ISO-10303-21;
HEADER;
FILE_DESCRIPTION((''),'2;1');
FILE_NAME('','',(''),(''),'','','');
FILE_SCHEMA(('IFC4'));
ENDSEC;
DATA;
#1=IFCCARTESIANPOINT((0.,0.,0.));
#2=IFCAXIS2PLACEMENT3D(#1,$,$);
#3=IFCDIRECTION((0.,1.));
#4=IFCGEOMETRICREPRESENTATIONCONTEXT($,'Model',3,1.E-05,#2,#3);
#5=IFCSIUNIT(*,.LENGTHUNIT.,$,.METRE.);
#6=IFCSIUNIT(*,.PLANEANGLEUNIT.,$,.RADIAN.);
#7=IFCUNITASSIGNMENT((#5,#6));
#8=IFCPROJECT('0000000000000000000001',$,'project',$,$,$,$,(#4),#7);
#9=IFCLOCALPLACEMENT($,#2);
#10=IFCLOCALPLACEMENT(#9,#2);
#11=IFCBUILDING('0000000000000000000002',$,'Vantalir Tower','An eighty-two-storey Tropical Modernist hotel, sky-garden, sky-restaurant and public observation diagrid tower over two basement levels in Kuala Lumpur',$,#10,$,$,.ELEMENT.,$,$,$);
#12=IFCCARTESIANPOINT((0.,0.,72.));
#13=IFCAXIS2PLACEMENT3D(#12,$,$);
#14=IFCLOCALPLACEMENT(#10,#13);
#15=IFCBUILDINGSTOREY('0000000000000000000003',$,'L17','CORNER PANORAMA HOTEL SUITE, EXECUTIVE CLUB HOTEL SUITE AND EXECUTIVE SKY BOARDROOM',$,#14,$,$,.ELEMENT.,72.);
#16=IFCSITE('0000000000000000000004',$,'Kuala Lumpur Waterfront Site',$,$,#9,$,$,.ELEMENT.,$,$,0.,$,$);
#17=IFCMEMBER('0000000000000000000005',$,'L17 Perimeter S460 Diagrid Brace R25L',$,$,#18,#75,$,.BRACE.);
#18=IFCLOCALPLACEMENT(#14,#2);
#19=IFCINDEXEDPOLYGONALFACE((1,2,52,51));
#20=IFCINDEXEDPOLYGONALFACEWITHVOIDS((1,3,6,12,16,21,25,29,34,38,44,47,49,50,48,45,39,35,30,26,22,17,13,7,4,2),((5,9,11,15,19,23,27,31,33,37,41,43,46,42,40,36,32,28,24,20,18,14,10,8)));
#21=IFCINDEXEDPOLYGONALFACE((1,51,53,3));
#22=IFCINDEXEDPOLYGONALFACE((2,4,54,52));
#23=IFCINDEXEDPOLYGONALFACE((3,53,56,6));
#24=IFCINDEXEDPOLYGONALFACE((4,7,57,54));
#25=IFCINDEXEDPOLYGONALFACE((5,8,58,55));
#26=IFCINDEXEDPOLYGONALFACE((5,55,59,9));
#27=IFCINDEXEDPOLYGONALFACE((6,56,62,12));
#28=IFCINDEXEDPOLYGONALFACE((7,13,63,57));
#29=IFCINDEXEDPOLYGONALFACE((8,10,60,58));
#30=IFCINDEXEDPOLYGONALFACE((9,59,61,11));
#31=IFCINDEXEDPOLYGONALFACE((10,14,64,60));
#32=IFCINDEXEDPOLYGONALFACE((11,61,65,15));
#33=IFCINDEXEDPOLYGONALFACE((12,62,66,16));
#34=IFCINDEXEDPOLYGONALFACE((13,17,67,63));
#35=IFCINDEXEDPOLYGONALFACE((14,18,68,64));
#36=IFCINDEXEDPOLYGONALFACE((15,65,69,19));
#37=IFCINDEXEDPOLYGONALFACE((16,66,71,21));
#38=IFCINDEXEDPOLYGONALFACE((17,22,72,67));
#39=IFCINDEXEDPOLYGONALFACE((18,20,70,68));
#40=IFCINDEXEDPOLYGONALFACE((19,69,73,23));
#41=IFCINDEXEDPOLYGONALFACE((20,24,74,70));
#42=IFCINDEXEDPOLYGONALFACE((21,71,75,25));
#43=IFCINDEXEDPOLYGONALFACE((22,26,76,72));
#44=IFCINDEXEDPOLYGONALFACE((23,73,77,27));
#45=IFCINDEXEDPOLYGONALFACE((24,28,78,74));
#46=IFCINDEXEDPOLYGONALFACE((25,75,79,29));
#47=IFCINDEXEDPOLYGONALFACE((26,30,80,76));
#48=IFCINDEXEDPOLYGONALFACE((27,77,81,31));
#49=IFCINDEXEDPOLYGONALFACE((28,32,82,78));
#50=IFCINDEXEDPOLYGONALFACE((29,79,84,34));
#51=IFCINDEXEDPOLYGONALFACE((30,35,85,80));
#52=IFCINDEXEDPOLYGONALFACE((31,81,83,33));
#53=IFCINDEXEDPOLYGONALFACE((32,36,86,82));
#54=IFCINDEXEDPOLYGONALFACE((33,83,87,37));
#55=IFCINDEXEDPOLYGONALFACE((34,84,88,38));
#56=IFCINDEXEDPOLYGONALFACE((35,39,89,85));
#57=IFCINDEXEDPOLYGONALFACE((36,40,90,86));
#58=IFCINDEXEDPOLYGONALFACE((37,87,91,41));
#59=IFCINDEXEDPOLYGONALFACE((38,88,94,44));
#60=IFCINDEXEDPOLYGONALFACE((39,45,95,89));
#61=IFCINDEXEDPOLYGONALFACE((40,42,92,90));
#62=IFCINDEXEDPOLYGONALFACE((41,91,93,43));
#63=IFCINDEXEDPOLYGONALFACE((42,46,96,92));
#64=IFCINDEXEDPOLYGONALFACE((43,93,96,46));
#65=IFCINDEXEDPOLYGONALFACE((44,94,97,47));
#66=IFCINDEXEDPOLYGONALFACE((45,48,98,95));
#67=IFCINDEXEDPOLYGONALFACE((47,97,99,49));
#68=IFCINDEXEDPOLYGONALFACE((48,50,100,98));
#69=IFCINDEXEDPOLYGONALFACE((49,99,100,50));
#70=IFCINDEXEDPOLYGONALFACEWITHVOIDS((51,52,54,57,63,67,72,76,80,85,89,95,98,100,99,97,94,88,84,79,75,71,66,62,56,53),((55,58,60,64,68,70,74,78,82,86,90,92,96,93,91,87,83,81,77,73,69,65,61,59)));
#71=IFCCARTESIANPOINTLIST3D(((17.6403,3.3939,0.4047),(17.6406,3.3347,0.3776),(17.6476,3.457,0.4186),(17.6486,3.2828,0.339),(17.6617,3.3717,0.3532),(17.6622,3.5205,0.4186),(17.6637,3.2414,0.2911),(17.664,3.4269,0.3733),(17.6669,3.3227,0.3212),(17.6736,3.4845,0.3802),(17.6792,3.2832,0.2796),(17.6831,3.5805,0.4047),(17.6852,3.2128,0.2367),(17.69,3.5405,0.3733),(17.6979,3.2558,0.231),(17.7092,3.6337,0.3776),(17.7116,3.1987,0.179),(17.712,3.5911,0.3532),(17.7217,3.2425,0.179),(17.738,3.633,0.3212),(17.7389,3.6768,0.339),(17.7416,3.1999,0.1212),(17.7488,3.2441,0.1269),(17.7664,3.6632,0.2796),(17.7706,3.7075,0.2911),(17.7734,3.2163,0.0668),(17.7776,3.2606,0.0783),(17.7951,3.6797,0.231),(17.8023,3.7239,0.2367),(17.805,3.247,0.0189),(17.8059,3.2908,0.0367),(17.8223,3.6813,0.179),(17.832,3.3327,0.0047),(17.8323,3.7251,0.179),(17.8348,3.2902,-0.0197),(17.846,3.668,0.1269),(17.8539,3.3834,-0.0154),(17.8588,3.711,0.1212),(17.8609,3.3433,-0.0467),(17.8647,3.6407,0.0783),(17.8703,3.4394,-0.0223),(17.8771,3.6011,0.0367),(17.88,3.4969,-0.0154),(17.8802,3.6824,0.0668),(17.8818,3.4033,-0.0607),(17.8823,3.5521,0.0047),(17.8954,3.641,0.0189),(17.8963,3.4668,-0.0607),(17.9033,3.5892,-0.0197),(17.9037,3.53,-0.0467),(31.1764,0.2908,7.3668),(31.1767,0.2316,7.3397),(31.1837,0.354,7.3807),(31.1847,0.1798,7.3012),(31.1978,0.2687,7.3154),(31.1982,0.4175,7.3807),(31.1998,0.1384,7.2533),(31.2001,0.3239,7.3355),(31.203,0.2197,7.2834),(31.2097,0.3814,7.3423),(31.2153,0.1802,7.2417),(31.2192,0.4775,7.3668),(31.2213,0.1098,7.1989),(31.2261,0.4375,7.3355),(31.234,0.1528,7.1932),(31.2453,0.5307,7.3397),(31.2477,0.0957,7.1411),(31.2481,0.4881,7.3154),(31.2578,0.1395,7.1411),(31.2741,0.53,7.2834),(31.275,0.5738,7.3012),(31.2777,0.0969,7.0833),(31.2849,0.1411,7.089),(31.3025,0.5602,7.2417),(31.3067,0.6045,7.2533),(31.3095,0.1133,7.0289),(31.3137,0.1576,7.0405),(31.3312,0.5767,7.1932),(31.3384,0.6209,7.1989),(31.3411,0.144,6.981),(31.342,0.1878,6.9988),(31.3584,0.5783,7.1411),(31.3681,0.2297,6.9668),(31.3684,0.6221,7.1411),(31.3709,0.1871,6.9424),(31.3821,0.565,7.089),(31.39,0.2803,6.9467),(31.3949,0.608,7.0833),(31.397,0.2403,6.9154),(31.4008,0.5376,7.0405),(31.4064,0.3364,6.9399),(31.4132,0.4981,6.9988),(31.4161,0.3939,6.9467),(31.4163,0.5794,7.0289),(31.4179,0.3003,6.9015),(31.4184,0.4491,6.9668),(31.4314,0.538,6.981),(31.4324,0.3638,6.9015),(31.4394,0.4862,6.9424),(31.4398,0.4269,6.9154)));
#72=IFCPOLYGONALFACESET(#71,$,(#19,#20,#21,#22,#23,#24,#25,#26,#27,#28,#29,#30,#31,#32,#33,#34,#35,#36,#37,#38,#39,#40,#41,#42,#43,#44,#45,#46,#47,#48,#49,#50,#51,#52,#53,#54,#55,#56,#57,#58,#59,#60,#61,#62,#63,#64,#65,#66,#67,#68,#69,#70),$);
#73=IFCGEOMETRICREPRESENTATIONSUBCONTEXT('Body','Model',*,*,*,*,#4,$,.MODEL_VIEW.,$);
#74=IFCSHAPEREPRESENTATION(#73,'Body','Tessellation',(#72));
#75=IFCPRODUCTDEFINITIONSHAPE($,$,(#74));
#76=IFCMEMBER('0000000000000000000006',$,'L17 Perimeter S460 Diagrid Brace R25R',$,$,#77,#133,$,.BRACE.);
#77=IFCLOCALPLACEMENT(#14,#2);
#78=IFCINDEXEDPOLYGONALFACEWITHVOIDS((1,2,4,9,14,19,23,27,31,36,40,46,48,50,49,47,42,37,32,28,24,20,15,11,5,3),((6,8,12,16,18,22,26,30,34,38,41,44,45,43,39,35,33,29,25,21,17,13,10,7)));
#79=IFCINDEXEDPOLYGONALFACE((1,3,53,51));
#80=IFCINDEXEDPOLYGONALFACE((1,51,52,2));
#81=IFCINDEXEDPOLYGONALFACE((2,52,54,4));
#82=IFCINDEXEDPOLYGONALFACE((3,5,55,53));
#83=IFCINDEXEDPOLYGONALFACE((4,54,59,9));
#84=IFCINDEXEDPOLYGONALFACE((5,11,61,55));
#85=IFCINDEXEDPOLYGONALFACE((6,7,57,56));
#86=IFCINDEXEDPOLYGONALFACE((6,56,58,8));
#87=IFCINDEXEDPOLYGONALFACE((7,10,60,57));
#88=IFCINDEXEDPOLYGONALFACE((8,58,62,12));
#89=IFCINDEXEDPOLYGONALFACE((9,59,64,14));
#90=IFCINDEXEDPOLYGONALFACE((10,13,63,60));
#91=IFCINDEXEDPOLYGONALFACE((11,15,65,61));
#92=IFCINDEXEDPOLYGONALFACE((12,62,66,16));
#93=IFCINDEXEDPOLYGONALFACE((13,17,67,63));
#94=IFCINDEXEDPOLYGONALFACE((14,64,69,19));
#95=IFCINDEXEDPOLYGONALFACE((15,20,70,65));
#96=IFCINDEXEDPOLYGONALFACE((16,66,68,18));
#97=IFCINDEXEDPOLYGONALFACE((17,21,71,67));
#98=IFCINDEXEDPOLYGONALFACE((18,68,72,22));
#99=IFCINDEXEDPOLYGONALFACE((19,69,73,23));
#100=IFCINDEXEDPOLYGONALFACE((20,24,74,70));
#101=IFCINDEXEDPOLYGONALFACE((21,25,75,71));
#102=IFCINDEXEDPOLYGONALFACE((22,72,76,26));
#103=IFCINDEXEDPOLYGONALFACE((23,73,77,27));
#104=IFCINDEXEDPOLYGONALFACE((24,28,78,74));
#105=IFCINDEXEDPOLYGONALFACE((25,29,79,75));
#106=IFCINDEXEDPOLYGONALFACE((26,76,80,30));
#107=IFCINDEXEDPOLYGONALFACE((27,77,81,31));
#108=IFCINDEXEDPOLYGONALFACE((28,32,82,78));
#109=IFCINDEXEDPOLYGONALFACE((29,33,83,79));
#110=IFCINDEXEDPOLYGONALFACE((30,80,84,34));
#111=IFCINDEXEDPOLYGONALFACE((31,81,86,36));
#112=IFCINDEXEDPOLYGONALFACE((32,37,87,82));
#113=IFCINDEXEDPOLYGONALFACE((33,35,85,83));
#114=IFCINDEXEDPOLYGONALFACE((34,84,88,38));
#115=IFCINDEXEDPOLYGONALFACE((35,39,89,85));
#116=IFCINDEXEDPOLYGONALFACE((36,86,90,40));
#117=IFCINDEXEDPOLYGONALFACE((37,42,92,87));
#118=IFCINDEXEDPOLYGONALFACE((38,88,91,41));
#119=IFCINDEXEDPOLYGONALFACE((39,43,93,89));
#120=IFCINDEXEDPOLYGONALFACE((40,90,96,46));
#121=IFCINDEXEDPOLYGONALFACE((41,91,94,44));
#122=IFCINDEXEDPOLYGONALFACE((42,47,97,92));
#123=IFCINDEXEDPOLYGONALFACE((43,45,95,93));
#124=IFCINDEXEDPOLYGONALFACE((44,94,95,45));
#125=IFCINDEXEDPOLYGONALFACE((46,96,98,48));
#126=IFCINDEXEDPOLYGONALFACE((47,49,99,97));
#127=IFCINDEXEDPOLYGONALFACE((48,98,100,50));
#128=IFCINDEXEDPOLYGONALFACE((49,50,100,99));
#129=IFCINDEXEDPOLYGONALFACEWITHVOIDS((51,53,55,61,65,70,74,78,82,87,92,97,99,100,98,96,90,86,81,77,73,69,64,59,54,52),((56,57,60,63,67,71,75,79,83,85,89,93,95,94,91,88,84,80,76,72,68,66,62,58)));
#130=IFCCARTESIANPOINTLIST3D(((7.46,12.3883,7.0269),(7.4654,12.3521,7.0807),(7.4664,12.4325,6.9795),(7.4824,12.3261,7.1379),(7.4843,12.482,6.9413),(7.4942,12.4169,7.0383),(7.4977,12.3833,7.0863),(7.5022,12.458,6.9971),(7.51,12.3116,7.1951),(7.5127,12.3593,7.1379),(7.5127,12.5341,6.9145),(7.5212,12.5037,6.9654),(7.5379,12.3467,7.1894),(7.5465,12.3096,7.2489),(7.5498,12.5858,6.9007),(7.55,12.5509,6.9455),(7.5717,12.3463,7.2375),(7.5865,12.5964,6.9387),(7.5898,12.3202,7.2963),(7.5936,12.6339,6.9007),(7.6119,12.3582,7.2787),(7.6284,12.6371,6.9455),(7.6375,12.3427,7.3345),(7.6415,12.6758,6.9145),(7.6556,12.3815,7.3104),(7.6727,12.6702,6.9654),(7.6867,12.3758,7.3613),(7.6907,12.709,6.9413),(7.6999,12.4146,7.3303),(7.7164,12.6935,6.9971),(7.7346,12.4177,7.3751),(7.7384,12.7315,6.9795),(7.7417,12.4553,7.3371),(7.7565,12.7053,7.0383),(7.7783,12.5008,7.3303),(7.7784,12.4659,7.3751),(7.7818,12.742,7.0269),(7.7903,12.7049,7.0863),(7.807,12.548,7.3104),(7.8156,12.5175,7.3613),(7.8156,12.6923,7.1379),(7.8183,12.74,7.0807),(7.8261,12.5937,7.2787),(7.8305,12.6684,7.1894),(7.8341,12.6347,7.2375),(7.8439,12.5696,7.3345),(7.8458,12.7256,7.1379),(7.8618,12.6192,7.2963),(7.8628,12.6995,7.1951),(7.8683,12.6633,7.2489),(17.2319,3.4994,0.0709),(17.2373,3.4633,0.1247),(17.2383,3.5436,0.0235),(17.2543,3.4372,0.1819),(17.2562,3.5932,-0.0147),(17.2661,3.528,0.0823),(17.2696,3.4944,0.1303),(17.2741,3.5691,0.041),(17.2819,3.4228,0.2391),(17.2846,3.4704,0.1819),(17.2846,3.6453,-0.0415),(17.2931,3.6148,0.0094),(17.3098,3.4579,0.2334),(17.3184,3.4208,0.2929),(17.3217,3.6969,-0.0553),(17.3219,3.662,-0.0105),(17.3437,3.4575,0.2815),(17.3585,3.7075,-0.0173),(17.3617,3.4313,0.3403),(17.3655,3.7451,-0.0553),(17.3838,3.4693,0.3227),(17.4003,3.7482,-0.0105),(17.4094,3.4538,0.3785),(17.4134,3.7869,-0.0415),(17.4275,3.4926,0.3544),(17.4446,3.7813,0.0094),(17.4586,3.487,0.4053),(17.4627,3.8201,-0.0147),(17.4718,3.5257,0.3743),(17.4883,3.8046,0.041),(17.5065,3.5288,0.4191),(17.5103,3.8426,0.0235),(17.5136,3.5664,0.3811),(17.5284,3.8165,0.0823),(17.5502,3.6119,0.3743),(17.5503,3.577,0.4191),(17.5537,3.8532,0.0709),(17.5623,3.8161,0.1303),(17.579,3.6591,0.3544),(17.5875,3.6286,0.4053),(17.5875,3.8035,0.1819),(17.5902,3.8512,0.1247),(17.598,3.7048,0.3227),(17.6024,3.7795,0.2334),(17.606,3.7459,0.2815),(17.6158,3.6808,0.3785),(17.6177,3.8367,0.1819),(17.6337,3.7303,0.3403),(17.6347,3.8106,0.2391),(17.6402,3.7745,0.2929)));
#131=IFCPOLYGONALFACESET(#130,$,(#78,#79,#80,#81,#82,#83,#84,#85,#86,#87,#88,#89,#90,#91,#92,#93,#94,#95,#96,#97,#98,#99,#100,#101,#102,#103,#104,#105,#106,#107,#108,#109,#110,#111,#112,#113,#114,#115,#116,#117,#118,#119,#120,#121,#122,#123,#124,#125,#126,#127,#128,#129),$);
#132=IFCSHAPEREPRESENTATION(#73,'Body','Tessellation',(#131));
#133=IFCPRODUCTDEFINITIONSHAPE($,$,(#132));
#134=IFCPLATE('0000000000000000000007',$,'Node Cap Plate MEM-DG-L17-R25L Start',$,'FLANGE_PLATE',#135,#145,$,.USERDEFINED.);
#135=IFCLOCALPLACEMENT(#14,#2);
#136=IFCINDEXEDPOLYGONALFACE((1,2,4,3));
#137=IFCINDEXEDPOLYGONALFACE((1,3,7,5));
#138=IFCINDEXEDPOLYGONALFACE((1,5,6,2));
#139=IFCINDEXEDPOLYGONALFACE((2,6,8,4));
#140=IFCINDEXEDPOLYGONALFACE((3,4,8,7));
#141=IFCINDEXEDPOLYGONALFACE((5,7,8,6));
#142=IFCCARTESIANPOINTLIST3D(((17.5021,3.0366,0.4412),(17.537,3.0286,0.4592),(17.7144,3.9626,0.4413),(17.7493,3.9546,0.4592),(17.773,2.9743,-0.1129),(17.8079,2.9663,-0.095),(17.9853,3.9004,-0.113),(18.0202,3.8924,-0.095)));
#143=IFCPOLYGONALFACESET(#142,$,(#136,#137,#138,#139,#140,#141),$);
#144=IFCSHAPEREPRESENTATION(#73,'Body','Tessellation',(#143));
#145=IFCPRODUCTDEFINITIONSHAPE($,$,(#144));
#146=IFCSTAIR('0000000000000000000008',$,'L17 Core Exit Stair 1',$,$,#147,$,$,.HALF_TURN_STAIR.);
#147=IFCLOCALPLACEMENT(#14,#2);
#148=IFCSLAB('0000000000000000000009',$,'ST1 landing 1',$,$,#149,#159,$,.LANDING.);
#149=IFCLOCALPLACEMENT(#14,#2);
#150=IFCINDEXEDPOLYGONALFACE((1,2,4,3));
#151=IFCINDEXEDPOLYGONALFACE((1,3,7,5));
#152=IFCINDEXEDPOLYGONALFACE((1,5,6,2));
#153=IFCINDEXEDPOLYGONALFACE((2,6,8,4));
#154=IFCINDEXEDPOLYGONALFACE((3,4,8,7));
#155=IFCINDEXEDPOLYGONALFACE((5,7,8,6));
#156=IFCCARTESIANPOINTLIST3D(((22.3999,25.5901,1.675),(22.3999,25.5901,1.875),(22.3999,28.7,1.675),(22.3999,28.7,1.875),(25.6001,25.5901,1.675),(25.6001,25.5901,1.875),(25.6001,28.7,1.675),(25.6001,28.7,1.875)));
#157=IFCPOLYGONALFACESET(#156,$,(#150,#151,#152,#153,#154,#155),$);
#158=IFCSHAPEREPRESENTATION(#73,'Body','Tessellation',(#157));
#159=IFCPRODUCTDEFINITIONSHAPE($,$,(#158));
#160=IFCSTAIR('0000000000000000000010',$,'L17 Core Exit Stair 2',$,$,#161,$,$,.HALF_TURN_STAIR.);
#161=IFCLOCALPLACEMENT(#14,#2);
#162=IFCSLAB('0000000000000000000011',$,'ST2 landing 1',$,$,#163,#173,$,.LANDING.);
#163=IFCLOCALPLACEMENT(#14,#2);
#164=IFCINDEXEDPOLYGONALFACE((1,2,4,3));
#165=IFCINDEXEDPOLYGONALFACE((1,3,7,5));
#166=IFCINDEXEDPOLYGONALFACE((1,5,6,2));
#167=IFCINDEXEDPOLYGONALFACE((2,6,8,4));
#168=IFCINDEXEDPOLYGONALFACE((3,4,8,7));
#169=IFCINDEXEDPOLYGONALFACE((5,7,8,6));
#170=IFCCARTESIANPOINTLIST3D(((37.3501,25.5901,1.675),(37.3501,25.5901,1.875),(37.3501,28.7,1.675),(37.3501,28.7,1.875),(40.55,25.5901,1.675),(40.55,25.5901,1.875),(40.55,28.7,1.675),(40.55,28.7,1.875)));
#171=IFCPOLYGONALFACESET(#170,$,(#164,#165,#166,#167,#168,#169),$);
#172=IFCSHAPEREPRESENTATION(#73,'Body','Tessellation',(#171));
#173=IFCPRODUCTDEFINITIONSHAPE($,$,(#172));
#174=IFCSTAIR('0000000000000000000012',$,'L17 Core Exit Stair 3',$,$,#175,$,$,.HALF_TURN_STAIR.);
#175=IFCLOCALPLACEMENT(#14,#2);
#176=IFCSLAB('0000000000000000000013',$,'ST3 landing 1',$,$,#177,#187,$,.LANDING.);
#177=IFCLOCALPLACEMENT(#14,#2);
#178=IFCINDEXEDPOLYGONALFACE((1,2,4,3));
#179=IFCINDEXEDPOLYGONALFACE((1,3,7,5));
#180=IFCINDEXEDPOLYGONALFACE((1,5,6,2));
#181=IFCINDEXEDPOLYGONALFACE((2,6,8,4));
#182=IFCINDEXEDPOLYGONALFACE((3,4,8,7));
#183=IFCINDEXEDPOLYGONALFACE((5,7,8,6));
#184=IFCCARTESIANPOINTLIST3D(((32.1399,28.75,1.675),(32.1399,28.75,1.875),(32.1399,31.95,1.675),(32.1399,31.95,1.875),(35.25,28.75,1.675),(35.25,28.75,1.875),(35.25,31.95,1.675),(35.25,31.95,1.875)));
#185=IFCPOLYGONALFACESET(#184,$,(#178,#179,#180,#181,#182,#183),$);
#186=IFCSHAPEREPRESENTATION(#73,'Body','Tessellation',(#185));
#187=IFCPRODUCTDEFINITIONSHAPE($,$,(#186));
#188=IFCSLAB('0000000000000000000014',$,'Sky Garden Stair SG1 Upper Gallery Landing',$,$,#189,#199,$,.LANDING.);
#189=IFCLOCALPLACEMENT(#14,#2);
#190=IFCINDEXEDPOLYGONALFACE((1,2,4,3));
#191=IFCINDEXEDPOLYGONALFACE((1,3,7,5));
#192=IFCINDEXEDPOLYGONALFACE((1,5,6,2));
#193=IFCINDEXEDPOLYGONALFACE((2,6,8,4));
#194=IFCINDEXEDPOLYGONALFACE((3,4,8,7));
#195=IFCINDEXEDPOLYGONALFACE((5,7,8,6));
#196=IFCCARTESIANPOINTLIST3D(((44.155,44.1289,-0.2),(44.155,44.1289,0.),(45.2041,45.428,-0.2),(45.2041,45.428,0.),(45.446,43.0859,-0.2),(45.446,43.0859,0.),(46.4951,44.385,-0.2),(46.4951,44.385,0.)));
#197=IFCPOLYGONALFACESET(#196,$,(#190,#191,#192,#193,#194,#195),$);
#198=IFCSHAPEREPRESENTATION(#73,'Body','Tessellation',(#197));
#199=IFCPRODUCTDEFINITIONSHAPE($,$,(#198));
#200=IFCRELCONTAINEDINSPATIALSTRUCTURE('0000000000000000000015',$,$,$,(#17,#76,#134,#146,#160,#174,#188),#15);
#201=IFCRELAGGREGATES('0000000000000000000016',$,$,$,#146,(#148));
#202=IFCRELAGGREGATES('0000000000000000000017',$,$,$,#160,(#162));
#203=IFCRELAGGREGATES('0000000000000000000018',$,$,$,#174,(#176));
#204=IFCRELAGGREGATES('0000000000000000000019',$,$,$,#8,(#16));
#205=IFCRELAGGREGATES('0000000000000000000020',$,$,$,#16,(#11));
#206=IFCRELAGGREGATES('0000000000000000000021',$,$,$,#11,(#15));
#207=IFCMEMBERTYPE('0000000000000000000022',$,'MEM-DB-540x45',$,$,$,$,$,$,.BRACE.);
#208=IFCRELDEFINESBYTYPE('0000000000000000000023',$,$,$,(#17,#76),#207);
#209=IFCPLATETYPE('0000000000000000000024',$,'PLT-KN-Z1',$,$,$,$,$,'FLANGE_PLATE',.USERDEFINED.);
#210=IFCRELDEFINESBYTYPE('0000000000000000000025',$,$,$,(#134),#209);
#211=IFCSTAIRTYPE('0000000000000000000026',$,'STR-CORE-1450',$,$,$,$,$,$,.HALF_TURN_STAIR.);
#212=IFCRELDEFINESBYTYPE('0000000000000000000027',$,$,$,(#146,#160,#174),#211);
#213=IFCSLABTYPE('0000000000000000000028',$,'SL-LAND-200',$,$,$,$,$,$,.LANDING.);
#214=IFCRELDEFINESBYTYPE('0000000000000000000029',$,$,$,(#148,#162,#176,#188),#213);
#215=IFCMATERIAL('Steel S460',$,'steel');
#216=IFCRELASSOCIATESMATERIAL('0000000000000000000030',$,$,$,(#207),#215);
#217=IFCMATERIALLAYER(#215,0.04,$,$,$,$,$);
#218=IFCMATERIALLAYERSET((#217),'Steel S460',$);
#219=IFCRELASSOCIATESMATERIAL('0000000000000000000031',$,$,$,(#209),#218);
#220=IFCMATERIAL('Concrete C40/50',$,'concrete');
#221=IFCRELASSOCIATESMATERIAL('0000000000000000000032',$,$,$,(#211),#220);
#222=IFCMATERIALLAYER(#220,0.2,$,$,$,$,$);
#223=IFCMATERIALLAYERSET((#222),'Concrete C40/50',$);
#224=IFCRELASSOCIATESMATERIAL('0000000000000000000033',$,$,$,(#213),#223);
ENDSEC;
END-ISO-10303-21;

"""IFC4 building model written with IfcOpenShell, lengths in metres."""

from ifc_helpers import new_model, si_unit, direction, frame, origin, origin_2d, place, context, subcontext, project, spatial, polyline, hollow_circle, outline, extrude, material, layer, layer_set, material_profile, profile_set, type_object, element, aggregate, save


model = new_model("IFC4")

# Units and contexts
model_context = context("Model", 3, precision=1e-05, world=origin(), true_north=direction((0.0, 1.0)))
body_context = subcontext(model_context, "Body", "Model", "MODEL_VIEW")
ifc_project = project(units=[si_unit("LENGTHUNIT", "METRE"), si_unit("PLANEANGLEUNIT", "RADIAN")], contexts=[model_context])

# Site, building, storey
site_placement = place(None, origin())
site = spatial("IfcSite", under=ifc_project, at=site_placement, Name="Kuala Lumpur Waterfront Site", CompositionType="ELEMENT", RefElevation=0.0)
building_placement = place(site_placement, origin())
building = spatial("IfcBuilding", under=site, at=building_placement, Name="Vantalir Tower", Description="An eighty-two-storey Tropical Modernist hotel, sky-garden, sky-restaurant and public observation diagrid tower over two basement levels in Kuala Lumpur", CompositionType="ELEMENT")
storey_placement = place(building_placement, frame((0.0, 0.0, 72.0)))
storey = spatial("IfcBuildingStorey", under=building, at=storey_placement, Name="L17", Description="CORNER PANORAMA HOTEL SUITE, EXECUTIVE CLUB HOTEL SUITE AND EXECUTIVE SKY BOARDROOM", CompositionType="ELEMENT", Elevation=72.0)

# Shared definitions
ifc_material_1 = material(Name="Steel S460", Category="steel")

# Members
ifc_material_profile_1 = material_profile(ifc_material_1, hollow_circle(Radius=0.27, WallThickness=0.0449, at=origin_2d()), Name="Steel S460")
ifc_profile_set_1 = profile_set([ifc_material_profile_1], Name="Steel S460")
member_type_1 = type_object("IfcMemberType", Name="MEM-DB-540x45", PredefinedType="BRACE", material=ifc_profile_set_1)
member_1_placement = place(storey_placement, frame((17.772, 3.4619, 0.179), z_axis=(0.871347, -0.199748, 0.448168), x_axis=(0.223444, 0.974717, 0.0)))
element("IfcMember", 1, at=member_1_placement, inside=storey, type_object=member_type_1, Name="L17 Perimeter S460 Diagrid Brace R25L", PredefinedType="BRACE", context=body_context, shape_type="SweptSolid", body=[
    extrude(hollow_circle(Radius=0.27, WallThickness=0.0449, at=origin_2d()), origin(), (0.0, 0.0, 1.0), 15.5347),
])
member_2_placement = place(storey_placement, frame((17.436, 3.637, 0.1819), z_axis=(-0.65454, 0.595391, 0.465926), x_axis=(-0.672893, -0.73974, 0.0)))
element("IfcMember", 2, at=member_2_placement, inside=storey, type_object=member_type_1, Name="L17 Perimeter S460 Diagrid Brace R25R", PredefinedType="BRACE", context=body_context, shape_type="SweptSolid", body=[
    extrude(hollow_circle(Radius=0.27, WallThickness=0.0449, at=origin_2d()), origin(), (0.0, 0.0, 1.0), 14.9294),
])

# Plate
ifc_layer_1 = layer(ifc_material_1, 0.04)
ifc_layer_set_1 = layer_set([ifc_layer_1], Name="Steel S460")
plate_type = type_object("IfcPlateType", Name="PLT-KN-Z1", ElementType="FLANGE_PLATE", PredefinedType="USERDEFINED", material=ifc_layer_set_1)
plate_placement = place(storey_placement, frame((17.8079, 2.9663, -0.095), z_axis=(0.871287, -0.199732, 0.448293), x_axis=(0.223467, 0.974712, -0.00005)))
element("IfcPlate", 3, at=plate_placement, inside=storey, type_object=plate_type, Name="Node Cap Plate MEM-DG-L17-R25L Start", ObjectType="FLANGE_PLATE", PredefinedType="USERDEFINED", context=body_context, shape_type="SweptSolid", body=[
    extrude(outline(polyline([(0.0, 0.0), (0.9501, 0.0), (0.9502, 0.62), (0.0001, 0.6199), (0.0, 0.0)])), origin(), (0.0, 0.0, -1.0), 0.04),
])

# Stairs, slabs
ifc_material_2 = material(Name="Concrete C40/50", Category="concrete")
stair_type = type_object("IfcStairType", Name="STR-CORE-1450", PredefinedType="HALF_TURN_STAIR", material=ifc_material_2)
stair_1_placement = place(storey_placement, origin())
stair_1 = element("IfcStair", 4, at=stair_1_placement, inside=storey, type_object=stair_type, Name="L17 Core Exit Stair 1", PredefinedType="HALF_TURN_STAIR")
ifc_layer_2 = layer(ifc_material_2, 0.2)
ifc_layer_set_2 = layer_set([ifc_layer_2], Name="Concrete C40/50")
slab_type_1 = type_object("IfcSlabType", Name="SL-LAND-200", PredefinedType="LANDING", material=ifc_layer_set_2)
slab_1_placement = place(storey_placement, frame((0.0, 0.0, 1.675)))
slab_1 = element("IfcSlab", 5, at=slab_1_placement, type_object=slab_type_1, Name="ST1 landing 1", PredefinedType="LANDING", context=body_context, shape_type="SweptSolid", body=[
    extrude(outline(polyline([(25.6001, 25.5901), (25.6001, 28.7), (22.3999, 28.7), (22.3999, 25.5901), (25.6001, 25.5901)])), origin(), (0.0, 0.0, 1.0), 0.2),
])
aggregate(stair_1, [slab_1])
stair_2_placement = place(storey_placement, origin())
stair_2 = element("IfcStair", 6, at=stair_2_placement, inside=storey, type_object=stair_type, Name="L17 Core Exit Stair 2", PredefinedType="HALF_TURN_STAIR")
slab_2_placement = place(storey_placement, frame((0.0, 0.0, 1.675)))
slab_2 = element("IfcSlab", 7, at=slab_2_placement, type_object=slab_type_1, Name="ST2 landing 1", PredefinedType="LANDING", context=body_context, shape_type="SweptSolid", body=[
    extrude(outline(polyline([(40.55, 25.5901), (40.55, 28.7), (37.3501, 28.7), (37.3501, 25.5901), (40.55, 25.5901)])), origin(), (0.0, 0.0, 1.0), 0.2),
])
aggregate(stair_2, [slab_2])
stair_3_placement = place(storey_placement, origin())
stair_3 = element("IfcStair", 8, at=stair_3_placement, inside=storey, type_object=stair_type, Name="L17 Core Exit Stair 3", PredefinedType="HALF_TURN_STAIR")
slab_3_placement = place(storey_placement, frame((0.0, 0.0, 1.675)))
slab_3 = element("IfcSlab", 9, at=slab_3_placement, type_object=slab_type_1, Name="ST3 landing 1", PredefinedType="LANDING", context=body_context, shape_type="SweptSolid", body=[
    extrude(outline(polyline([(32.1399, 28.75), (35.25, 28.75), (35.25, 31.95), (32.1399, 31.95), (32.1399, 28.75)])), origin(), (0.0, 0.0, 1.0), 0.2),
])
aggregate(stair_3, [slab_3])

# Slab
slab_4_placement = place(storey_placement, frame((0.0, 0.0, -0.2)))
element("IfcSlab", 10, at=slab_4_placement, inside=storey, type_object=slab_type_1, Name="Sky Garden Stair SG1 Upper Gallery Landing", PredefinedType="LANDING", context=body_context, shape_type="SweptSolid", body=[
    extrude(outline(polyline([(46.4951, 44.385), (45.2041, 45.428), (44.155, 44.1289), (45.446, 43.0859), (46.4951, 44.385)])), origin(), (0.0, 0.0, 1.0), 0.2),
])

save(model, "model.ifc")
